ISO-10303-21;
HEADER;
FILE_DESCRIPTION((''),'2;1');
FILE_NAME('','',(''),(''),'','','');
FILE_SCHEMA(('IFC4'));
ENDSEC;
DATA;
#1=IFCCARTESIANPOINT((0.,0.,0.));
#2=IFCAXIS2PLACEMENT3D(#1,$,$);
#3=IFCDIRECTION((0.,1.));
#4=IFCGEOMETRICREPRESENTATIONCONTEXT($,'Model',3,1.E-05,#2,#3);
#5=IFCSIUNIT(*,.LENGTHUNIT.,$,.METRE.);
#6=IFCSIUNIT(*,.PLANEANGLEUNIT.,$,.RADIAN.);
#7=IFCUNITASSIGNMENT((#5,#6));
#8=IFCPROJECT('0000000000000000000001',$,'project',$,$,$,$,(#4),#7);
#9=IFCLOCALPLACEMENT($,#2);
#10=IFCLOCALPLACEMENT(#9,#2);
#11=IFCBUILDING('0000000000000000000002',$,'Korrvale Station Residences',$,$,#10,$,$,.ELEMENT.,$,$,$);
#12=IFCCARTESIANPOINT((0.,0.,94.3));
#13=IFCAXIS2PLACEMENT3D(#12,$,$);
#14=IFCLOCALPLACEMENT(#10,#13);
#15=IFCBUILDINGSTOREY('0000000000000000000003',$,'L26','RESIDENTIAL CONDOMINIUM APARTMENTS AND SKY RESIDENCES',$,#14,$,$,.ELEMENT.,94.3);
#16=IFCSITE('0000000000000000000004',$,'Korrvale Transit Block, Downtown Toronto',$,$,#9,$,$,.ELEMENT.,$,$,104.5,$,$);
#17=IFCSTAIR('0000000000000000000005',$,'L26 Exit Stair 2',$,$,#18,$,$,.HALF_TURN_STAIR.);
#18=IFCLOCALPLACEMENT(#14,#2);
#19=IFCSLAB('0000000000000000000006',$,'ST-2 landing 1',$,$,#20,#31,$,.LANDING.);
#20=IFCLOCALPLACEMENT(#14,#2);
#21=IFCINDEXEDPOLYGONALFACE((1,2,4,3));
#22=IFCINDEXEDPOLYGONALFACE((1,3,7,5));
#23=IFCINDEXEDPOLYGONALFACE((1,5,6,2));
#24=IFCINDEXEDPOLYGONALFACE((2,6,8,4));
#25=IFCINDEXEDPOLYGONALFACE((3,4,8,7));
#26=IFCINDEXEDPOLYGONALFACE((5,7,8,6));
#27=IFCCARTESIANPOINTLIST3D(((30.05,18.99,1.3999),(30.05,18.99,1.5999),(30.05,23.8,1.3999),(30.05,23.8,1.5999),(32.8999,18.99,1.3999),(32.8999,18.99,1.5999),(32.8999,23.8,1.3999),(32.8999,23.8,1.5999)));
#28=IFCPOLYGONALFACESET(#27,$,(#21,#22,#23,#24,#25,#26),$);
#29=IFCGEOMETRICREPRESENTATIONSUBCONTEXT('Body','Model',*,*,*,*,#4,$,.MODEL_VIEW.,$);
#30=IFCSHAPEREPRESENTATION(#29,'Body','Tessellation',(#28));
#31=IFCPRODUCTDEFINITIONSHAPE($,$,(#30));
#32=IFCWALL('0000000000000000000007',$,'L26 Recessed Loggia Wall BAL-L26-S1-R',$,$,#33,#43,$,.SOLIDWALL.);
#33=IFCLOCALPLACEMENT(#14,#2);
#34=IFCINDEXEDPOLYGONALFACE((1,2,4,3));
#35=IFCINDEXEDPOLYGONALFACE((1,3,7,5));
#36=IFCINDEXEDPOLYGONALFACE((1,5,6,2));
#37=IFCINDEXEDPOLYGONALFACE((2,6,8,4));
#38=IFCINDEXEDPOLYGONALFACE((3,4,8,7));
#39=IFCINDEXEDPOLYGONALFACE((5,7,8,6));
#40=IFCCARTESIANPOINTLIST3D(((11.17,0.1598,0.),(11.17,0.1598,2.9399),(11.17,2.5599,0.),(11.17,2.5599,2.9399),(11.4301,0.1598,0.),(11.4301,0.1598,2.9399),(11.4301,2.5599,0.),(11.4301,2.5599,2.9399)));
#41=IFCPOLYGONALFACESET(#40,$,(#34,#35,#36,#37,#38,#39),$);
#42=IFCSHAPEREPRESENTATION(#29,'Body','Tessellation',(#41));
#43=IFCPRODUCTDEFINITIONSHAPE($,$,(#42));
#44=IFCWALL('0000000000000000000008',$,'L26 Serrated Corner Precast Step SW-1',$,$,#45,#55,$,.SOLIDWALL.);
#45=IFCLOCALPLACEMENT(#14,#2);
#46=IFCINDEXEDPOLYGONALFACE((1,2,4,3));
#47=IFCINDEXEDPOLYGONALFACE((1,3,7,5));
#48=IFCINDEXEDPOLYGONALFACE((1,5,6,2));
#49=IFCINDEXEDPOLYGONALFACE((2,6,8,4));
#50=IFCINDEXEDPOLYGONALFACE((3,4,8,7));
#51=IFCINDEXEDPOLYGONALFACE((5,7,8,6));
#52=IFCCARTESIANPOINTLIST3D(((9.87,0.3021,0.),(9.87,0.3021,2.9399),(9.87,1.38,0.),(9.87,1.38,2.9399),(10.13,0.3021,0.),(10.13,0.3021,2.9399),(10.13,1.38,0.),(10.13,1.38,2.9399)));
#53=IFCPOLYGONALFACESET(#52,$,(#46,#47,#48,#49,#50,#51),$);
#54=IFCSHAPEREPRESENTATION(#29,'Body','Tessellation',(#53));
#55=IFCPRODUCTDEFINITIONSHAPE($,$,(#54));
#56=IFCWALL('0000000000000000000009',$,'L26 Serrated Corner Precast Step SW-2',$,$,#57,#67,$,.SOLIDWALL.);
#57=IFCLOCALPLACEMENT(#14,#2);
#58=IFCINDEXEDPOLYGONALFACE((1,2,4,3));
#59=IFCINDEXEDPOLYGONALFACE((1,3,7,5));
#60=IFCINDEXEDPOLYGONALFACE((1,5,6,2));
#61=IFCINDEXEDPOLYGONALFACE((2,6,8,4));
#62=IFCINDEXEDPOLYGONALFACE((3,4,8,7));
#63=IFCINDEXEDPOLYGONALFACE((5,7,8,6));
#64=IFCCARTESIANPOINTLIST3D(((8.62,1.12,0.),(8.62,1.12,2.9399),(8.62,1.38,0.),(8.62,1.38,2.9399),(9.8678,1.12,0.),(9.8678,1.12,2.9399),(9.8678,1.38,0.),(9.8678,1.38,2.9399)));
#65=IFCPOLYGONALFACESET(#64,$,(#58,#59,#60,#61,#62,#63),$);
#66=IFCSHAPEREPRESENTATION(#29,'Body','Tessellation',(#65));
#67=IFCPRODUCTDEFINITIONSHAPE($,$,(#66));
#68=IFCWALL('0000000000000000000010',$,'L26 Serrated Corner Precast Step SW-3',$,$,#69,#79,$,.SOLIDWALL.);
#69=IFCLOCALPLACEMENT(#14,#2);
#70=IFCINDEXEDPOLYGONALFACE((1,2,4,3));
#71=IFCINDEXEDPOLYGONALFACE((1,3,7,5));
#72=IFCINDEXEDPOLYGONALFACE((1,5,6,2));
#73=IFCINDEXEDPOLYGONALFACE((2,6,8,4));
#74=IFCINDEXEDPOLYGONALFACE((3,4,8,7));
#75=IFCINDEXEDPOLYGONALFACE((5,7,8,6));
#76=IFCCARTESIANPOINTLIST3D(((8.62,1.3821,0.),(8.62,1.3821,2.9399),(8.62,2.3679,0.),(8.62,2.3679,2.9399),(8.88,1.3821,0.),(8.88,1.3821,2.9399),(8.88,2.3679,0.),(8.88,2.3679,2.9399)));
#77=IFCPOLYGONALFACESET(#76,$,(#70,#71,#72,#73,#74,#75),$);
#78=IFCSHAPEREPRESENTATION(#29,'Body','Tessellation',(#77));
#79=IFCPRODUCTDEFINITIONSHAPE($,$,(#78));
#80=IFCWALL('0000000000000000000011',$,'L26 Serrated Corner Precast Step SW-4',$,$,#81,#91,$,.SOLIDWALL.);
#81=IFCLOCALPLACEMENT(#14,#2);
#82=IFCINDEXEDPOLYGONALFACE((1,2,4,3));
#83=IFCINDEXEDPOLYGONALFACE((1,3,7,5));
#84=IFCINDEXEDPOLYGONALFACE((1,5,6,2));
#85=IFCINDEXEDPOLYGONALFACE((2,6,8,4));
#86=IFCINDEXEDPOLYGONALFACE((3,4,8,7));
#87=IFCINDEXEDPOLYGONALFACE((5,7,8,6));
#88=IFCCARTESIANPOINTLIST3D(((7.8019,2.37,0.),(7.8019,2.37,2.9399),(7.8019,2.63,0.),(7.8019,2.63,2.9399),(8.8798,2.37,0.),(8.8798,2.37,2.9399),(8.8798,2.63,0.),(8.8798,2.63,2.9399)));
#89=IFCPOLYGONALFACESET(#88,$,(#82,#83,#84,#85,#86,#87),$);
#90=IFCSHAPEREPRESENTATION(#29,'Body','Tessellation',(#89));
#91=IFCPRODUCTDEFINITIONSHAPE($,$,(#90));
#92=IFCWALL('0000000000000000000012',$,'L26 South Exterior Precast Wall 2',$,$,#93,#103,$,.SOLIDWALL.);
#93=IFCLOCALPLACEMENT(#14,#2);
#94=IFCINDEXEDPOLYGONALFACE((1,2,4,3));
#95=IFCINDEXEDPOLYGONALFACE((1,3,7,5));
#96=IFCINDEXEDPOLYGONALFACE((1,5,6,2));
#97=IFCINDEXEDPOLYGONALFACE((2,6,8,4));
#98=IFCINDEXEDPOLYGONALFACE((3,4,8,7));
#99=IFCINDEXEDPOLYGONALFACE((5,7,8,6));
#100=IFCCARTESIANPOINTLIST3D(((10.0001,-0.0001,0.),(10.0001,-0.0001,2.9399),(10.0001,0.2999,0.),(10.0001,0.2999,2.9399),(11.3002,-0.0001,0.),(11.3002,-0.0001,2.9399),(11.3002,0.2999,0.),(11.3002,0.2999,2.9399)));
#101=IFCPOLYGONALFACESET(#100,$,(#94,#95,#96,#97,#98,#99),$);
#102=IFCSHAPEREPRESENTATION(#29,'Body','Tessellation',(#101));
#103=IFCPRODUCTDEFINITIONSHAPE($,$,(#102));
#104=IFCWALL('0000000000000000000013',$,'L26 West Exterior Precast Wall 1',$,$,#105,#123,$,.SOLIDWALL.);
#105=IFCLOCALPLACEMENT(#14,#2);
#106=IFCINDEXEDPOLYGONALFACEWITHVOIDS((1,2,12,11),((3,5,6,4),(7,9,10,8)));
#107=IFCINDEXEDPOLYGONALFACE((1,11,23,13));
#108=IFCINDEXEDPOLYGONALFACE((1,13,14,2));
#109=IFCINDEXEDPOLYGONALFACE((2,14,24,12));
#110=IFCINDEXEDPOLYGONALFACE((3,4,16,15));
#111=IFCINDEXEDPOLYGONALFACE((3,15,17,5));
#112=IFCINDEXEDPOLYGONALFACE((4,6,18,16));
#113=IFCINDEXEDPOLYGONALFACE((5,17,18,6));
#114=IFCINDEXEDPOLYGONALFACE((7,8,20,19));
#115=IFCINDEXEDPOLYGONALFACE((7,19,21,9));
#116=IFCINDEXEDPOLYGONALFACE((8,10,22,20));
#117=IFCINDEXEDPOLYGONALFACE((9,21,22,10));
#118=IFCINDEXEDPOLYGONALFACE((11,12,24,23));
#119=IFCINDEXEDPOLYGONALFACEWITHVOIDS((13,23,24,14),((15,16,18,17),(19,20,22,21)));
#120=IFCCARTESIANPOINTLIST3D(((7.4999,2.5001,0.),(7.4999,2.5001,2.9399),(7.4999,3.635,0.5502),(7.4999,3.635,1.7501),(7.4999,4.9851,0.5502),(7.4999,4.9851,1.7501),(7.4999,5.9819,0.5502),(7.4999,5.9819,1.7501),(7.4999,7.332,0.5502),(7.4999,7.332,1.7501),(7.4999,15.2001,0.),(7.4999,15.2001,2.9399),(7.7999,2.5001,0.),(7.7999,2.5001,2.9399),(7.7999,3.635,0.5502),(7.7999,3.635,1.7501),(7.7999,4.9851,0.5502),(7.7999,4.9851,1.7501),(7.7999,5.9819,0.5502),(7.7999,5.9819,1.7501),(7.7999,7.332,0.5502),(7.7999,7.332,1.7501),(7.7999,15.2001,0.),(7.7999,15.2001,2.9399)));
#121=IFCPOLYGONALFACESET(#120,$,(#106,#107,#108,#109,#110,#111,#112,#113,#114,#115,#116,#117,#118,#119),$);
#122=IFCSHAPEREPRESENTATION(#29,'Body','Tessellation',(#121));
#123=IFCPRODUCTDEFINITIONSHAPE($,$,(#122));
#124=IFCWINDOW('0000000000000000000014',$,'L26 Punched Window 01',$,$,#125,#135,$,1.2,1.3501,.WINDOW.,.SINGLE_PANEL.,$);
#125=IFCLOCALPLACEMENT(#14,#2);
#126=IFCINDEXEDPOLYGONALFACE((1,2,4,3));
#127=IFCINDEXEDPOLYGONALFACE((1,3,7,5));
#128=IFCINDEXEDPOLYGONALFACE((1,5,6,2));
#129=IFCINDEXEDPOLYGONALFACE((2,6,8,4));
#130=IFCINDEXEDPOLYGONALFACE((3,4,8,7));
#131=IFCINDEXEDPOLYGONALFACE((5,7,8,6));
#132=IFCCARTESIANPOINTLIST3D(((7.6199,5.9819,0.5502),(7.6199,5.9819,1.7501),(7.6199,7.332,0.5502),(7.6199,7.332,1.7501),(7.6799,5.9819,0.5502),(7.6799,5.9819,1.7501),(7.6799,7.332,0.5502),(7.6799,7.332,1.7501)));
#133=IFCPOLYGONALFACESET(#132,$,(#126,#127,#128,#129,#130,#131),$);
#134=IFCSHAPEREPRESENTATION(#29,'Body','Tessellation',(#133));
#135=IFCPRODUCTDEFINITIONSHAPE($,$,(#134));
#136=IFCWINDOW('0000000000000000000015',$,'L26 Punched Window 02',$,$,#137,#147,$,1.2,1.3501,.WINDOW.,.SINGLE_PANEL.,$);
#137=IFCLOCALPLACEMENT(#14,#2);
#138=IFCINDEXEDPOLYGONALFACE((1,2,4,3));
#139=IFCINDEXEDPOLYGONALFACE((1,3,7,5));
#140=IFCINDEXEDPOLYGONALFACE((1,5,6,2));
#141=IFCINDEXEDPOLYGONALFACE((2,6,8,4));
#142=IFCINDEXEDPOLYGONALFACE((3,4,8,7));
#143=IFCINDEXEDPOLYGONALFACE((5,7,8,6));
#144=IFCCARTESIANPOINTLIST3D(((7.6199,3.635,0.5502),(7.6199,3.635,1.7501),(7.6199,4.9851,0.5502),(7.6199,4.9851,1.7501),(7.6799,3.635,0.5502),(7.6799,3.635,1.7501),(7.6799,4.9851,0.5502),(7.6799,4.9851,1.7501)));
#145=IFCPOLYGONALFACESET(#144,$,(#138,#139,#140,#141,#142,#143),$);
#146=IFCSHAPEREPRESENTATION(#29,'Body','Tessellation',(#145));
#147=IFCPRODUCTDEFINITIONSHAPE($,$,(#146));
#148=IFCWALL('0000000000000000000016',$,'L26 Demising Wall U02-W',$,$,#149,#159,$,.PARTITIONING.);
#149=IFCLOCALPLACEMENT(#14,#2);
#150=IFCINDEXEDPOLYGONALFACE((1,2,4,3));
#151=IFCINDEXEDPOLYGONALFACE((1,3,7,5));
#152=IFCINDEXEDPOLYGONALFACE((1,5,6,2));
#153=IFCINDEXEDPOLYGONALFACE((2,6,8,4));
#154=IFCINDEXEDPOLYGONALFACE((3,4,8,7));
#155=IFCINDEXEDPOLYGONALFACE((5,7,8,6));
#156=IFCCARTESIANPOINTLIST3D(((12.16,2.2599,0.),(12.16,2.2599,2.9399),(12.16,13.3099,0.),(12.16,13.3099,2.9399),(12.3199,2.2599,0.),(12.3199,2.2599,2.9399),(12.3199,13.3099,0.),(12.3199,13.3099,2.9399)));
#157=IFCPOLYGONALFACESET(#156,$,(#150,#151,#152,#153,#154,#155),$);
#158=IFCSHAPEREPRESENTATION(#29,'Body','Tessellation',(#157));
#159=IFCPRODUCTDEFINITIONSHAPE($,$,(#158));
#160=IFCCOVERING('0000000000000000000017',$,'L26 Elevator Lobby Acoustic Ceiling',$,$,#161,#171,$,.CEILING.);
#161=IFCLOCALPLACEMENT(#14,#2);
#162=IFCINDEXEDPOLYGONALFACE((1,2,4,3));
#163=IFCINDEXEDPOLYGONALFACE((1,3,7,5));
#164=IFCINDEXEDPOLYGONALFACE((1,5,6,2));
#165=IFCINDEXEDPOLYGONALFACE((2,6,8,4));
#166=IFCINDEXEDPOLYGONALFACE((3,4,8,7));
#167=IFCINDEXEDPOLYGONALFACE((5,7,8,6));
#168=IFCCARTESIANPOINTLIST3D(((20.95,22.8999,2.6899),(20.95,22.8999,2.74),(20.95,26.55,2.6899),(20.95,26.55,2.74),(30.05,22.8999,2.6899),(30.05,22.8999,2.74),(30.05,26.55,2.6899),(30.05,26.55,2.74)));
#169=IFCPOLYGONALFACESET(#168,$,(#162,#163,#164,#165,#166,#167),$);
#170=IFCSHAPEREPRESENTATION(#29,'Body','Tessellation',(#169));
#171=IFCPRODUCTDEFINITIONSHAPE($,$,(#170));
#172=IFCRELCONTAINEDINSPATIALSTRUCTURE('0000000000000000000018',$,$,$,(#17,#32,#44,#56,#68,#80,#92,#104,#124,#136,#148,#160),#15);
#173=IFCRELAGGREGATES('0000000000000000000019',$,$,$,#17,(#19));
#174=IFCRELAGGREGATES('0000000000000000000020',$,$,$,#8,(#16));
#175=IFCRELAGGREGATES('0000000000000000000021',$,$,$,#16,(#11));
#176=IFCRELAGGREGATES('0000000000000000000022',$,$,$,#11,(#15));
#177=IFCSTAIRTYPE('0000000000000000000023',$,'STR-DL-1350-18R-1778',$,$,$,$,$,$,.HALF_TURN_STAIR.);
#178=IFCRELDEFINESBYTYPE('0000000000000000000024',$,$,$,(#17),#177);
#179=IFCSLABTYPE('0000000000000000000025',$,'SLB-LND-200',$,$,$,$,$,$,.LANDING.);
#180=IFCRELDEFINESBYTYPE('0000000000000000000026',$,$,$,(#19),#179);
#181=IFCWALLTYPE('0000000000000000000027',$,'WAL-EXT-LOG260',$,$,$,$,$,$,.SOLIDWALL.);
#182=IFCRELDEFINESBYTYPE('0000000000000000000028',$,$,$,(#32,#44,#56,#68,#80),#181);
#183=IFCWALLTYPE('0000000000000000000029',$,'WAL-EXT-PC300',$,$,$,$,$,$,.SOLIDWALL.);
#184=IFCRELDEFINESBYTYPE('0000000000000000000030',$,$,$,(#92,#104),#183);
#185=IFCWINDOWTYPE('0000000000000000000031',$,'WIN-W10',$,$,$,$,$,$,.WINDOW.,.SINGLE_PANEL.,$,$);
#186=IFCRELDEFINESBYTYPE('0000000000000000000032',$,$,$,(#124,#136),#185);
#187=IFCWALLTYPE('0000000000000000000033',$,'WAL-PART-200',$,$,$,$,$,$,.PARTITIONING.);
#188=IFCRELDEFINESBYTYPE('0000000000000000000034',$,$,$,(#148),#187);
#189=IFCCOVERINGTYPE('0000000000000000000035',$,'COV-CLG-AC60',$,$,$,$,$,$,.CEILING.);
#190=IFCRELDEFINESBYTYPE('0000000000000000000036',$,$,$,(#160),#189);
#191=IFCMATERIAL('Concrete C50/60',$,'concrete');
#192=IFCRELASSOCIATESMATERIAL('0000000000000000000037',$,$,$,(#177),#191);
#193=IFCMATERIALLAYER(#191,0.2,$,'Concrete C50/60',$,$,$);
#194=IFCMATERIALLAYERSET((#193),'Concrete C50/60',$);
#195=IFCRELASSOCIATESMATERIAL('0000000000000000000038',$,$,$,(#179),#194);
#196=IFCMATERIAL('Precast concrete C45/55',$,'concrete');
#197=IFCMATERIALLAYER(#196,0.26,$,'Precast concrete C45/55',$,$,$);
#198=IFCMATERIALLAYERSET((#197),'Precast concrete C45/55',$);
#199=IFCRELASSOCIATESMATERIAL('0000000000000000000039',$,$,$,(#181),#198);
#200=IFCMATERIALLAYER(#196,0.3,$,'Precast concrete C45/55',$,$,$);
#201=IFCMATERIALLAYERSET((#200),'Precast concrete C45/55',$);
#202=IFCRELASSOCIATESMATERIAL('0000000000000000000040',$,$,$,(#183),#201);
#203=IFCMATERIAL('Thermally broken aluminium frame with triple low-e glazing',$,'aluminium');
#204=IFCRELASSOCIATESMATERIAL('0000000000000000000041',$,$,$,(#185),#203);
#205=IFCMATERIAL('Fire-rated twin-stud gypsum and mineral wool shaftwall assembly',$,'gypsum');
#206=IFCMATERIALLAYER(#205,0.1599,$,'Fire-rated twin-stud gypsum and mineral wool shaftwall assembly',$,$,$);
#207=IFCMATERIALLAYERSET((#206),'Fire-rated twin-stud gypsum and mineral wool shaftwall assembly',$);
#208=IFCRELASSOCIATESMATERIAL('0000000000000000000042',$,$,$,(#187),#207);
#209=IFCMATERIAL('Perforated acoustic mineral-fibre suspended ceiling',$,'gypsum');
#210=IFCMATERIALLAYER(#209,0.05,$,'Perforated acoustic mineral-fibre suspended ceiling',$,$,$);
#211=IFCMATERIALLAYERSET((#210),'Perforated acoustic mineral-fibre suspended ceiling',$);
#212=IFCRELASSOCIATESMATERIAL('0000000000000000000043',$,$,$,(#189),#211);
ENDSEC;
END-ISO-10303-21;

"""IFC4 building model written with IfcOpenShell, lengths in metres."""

from ifc_helpers import new_model, si_unit, direction, frame, frame_2d, origin, place, context, subcontext, project, spatial, polyline, rectangle, outline, extrude, material, layer, layer_set, type_object, element, fill, aggregate, save


model = new_model("IFC4")

# Units and contexts
model_context = context("Model", 3, precision=1e-05, world=origin(), true_north=direction((0.0, 1.0)))
body_context = subcontext(model_context, "Body", "Model", "MODEL_VIEW")
ifc_project = project(units=[si_unit("LENGTHUNIT", "METRE"), si_unit("PLANEANGLEUNIT", "RADIAN")], contexts=[model_context])

# Site, building, storey
site_placement = place(None, origin())
site = spatial("IfcSite", under=ifc_project, at=site_placement, Name="Korrvale Transit Block, Downtown Toronto", CompositionType="ELEMENT", RefElevation=104.5)
building_placement = place(site_placement, origin())
building = spatial("IfcBuilding", under=site, at=building_placement, Name="Korrvale Station Residences", CompositionType="ELEMENT")
storey_placement = place(building_placement, frame((0.0, 0.0, 94.3)))
storey = spatial("IfcBuildingStorey", under=building, at=storey_placement, Name="L26", Description="RESIDENTIAL CONDOMINIUM APARTMENTS AND SKY RESIDENCES", CompositionType="ELEMENT", Elevation=94.3)

# Shared definitions
ifc_material_1 = material(Name="Concrete C50/60", Category="concrete")

# Stair, slab
stair_type = type_object("IfcStairType", Name="STR-DL-1350-18R-1778", PredefinedType="HALF_TURN_STAIR", material=ifc_material_1)
ifc_layer_1 = layer(ifc_material_1, 0.2, Name="Concrete C50/60")
ifc_layer_set_1 = layer_set([ifc_layer_1], Name="Concrete C50/60")
slab_type_1 = type_object("IfcSlabType", Name="SLB-LND-200", PredefinedType="LANDING", material=ifc_layer_set_1)
stair_1_placement = place(storey_placement, origin())
stair_1 = element("IfcStair", 1, at=stair_1_placement, inside=storey, type_object=stair_type, Name="L26 Exit Stair 2", PredefinedType="HALF_TURN_STAIR")
slab_1_placement = place(storey_placement, frame((0.0, 0.0, 1.3999)))
slab_1 = element("IfcSlab", 2, at=slab_1_placement, type_object=slab_type_1, Name="ST-2 landing 1", PredefinedType="LANDING", context=body_context, shape_type="SweptSolid", body=[
    extrude(outline(polyline([(32.8999, 18.99), (32.8999, 23.8), (30.05, 23.8), (30.05, 18.99), (32.8999, 18.99)])), origin(), (0.0, 0.0, 1.0), 0.2),
])
aggregate(stair_1, [slab_1])

# Walls
ifc_material_2 = material(Name="Precast concrete C45/55", Category="concrete")
ifc_layer_2 = layer(ifc_material_2, 0.26, Name="Precast concrete C45/55")
ifc_layer_set_2 = layer_set([ifc_layer_2], Name="Precast concrete C45/55")
wall_type_1 = type_object("IfcWallType", Name="WAL-EXT-LOG260", PredefinedType="SOLIDWALL", material=ifc_layer_set_2)
wall_1_placement = place(storey_placement, frame((11.3, 2.5601, 0.0), z_axis=(0.0, 0.0, 1.0), x_axis=(0.0, -1.0, 0.0)))
element("IfcWall", 3, at=wall_1_placement, inside=storey, type_object=wall_type_1, Name="L26 Recessed Loggia Wall BAL-L26-S1-R", PredefinedType="SOLIDWALL", context=body_context, shape_type="SweptSolid", body=[
    extrude(rectangle(XDim=2.4001, YDim=0.26, at=frame_2d((1.2002, 0.0))), origin(), (0.0, 0.0, 1.0), 2.9399),
])
wall_2_placement = place(storey_placement, frame((10.0, 0.302, 0.0), z_axis=(0.0, 0.0, 1.0), x_axis=(0.0, 1.0, 0.0)))
element("IfcWall", 4, at=wall_2_placement, inside=storey, type_object=wall_type_1, Name="L26 Serrated Corner Precast Step SW-1", PredefinedType="SOLIDWALL", context=body_context, shape_type="SweptSolid", body=[
    extrude(rectangle(XDim=1.0779, YDim=0.26, at=frame_2d((0.5391, 0.0))), origin(), (0.0, 0.0, 1.0), 2.9399),
])
wall_3_placement = place(storey_placement, frame((9.8679, 1.25, 0.0), z_axis=(0.0, 0.0, 1.0), x_axis=(-1.0, 0.0, 0.0)))
element("IfcWall", 5, at=wall_3_placement, inside=storey, type_object=wall_type_1, Name="L26 Serrated Corner Precast Step SW-2", PredefinedType="SOLIDWALL", context=body_context, shape_type="SweptSolid", body=[
    extrude(rectangle(XDim=1.2478, YDim=0.26, at=frame_2d((0.624, 0.0))), origin(), (0.0, 0.0, 1.0), 2.9399),
])
wall_4_placement = place(storey_placement, frame((8.75, 1.3821, 0.0), z_axis=(0.0, 0.0, 1.0), x_axis=(0.0, 1.0, 0.0)))
element("IfcWall", 6, at=wall_4_placement, inside=storey, type_object=wall_type_1, Name="L26 Serrated Corner Precast Step SW-3", PredefinedType="SOLIDWALL", context=body_context, shape_type="SweptSolid", body=[
    extrude(rectangle(XDim=0.9858, YDim=0.26, at=frame_2d((0.4929, 0.0))), origin(), (0.0, 0.0, 1.0), 2.9399),
])
wall_5_placement = place(storey_placement, frame((8.8799, 2.5, 0.0), z_axis=(0.0, 0.0, 1.0), x_axis=(-1.0, 0.0, 0.0)))
element("IfcWall", 7, at=wall_5_placement, inside=storey, type_object=wall_type_1, Name="L26 Serrated Corner Precast Step SW-4", PredefinedType="SOLIDWALL", context=body_context, shape_type="SweptSolid", body=[
    extrude(rectangle(XDim=1.0779, YDim=0.26, at=frame_2d((0.5391, 0.0))), origin(), (0.0, 0.0, 1.0), 2.9399),
])
ifc_layer_3 = layer(ifc_material_2, 0.3, Name="Precast concrete C45/55")
ifc_layer_set_3 = layer_set([ifc_layer_3], Name="Precast concrete C45/55")
wall_type_2 = type_object("IfcWallType", Name="WAL-EXT-PC300", PredefinedType="SOLIDWALL", material=ifc_layer_set_3)
wall_6_placement = place(storey_placement, frame((11.3, 0.1499, 0.0), z_axis=(0.0, 0.0, 1.0), x_axis=(-1.0, 0.0, 0.0)))
element("IfcWall", 8, at=wall_6_placement, inside=storey, type_object=wall_type_2, Name="L26 South Exterior Precast Wall 2", PredefinedType="SOLIDWALL", context=body_context, shape_type="SweptSolid", body=[
    extrude(rectangle(XDim=1.3, YDim=0.3, at=frame_2d((0.6499, 0.0))), origin(), (0.0, 0.0, 1.0), 2.9399),
])

# Wall, openings, windows
wall_7_placement = place(storey_placement, frame((7.6499, 2.5, 0.0), z_axis=(0.0, 0.0, 1.0), x_axis=(0.0, 1.0, 0.0)))
wall_7 = element("IfcWall", 9, at=wall_7_placement, inside=storey, type_object=wall_type_2, Name="L26 West Exterior Precast Wall 1", PredefinedType="SOLIDWALL", context=body_context, shape_type="SweptSolid", body=[
    extrude(rectangle(XDim=12.7, YDim=0.3, at=frame_2d((6.3501, 0.0))), origin(), (0.0, 0.0, 1.0), 2.9399),
])
opening_1_placement = place(wall_7_placement, frame((3.4819, 0.0, 0.55)))
opening_1 = element("IfcOpeningElement", 10, at=opening_1_placement, cuts=wall_7, PredefinedType="OPENING", context=body_context, shape_type="SweptSolid", body=[
    extrude(rectangle(XDim=1.3501, YDim=1.2, at=frame_2d((0.675, 0.6001))), frame((0.0, 0.1602, 0.0), z_axis=(0.0, -1.0, 0.0), x_axis=(1.0, 0.0, 0.0)), (0.0, 0.0, 1.0), 0.3201),
])
opening_2_placement = place(wall_7_placement, frame((1.135, 0.0, 0.55)))
opening_2 = element("IfcOpeningElement", 11, at=opening_2_placement, cuts=wall_7, PredefinedType="OPENING", context=body_context, shape_type="SweptSolid", body=[
    extrude(rectangle(XDim=1.3501, YDim=1.2, at=frame_2d((0.675, 0.6001))), frame((0.0, 0.1602, 0.0), z_axis=(0.0, -1.0, 0.0), x_axis=(1.0, 0.0, 0.0)), (0.0, 0.0, 1.0), 0.3201),
])
ifc_material_3 = material(Name="Thermally broken aluminium frame with triple low-e glazing", Category="aluminium")
window_type = type_object("IfcWindowType", Name="WIN-W10", PartitioningType="SINGLE_PANEL", PredefinedType="WINDOW", material=ifc_material_3)
window_1_placement = place(opening_1_placement, origin())
window_1 = element("IfcWindow", 12, at=window_1_placement, inside=storey, type_object=window_type, Name="L26 Punched Window 01", OverallHeight=1.2, OverallWidth=1.3501, PartitioningType="SINGLE_PANEL", PredefinedType="WINDOW", context=body_context, shape_type="SweptSolid", body=[
    extrude(rectangle(XDim=1.3501, YDim=1.2, at=frame_2d((0.675, 0.6001))), frame((0.0, 0.03, 0.0), z_axis=(0.0, -1.0, 0.0), x_axis=(1.0, 0.0, 0.0)), (0.0, 0.0, 1.0), 0.0601),
])
fill(opening_1, window_1)
window_2_placement = place(opening_2_placement, origin())
window_2 = element("IfcWindow", 13, at=window_2_placement, inside=storey, type_object=window_type, Name="L26 Punched Window 02", OverallHeight=1.2, OverallWidth=1.3501, PartitioningType="SINGLE_PANEL", PredefinedType="WINDOW", context=body_context, shape_type="SweptSolid", body=[
    extrude(rectangle(XDim=1.3501, YDim=1.2, at=frame_2d((0.675, 0.6001))), frame((0.0, 0.03, 0.0), z_axis=(0.0, -1.0, 0.0), x_axis=(1.0, 0.0, 0.0)), (0.0, 0.0, 1.0), 0.0601),
])
fill(opening_2, window_2)

# Wall
ifc_material_4 = material(Name="Fire-rated twin-stud gypsum and mineral wool shaftwall assembly", Category="gypsum")
ifc_layer_4 = layer(ifc_material_4, 0.1599, Name="Fire-rated twin-stud gypsum and mineral wool shaftwall assembly")
ifc_layer_set_4 = layer_set([ifc_layer_4], Name="Fire-rated twin-stud gypsum and mineral wool shaftwall assembly")
wall_type_3 = type_object("IfcWallType", Name="WAL-PART-200", PredefinedType="PARTITIONING", material=ifc_layer_set_4)
wall_8_placement = place(storey_placement, frame((12.24, 2.26, 0.0), z_axis=(0.0, 0.0, 1.0), x_axis=(0.0, 1.0, 0.0)))
element("IfcWall", 14, at=wall_8_placement, inside=storey, type_object=wall_type_3, Name="L26 Demising Wall U02-W", PredefinedType="PARTITIONING", context=body_context, shape_type="SweptSolid", body=[
    extrude(rectangle(XDim=11.05, YDim=0.1599, at=frame_2d((5.5249, 0.0))), origin(), (0.0, 0.0, 1.0), 2.9399),
])

# Covering
ifc_material_5 = material(Name="Perforated acoustic mineral-fibre suspended ceiling", Category="gypsum")
ifc_layer_5 = layer(ifc_material_5, 0.05, Name="Perforated acoustic mineral-fibre suspended ceiling")
ifc_layer_set_5 = layer_set([ifc_layer_5], Name="Perforated acoustic mineral-fibre suspended ceiling")
covering_type_1 = type_object("IfcCoveringType", Name="COV-CLG-AC60", PredefinedType="CEILING", material=ifc_layer_set_5)
covering_1_placement = place(storey_placement, frame((0.0, 0.0, 2.6899)))
element("IfcCovering", 15, at=covering_1_placement, inside=storey, type_object=covering_type_1, Name="L26 Elevator Lobby Acoustic Ceiling", PredefinedType="CEILING", context=body_context, shape_type="SweptSolid", body=[
    extrude(outline(polyline([(20.95, 22.8999), (30.05, 22.8999), (30.05, 26.55), (20.95, 26.55), (20.95, 22.8999)])), origin(), (0.0, 0.0, 1.0), 0.05),
])

save(model, "model.ifc")
